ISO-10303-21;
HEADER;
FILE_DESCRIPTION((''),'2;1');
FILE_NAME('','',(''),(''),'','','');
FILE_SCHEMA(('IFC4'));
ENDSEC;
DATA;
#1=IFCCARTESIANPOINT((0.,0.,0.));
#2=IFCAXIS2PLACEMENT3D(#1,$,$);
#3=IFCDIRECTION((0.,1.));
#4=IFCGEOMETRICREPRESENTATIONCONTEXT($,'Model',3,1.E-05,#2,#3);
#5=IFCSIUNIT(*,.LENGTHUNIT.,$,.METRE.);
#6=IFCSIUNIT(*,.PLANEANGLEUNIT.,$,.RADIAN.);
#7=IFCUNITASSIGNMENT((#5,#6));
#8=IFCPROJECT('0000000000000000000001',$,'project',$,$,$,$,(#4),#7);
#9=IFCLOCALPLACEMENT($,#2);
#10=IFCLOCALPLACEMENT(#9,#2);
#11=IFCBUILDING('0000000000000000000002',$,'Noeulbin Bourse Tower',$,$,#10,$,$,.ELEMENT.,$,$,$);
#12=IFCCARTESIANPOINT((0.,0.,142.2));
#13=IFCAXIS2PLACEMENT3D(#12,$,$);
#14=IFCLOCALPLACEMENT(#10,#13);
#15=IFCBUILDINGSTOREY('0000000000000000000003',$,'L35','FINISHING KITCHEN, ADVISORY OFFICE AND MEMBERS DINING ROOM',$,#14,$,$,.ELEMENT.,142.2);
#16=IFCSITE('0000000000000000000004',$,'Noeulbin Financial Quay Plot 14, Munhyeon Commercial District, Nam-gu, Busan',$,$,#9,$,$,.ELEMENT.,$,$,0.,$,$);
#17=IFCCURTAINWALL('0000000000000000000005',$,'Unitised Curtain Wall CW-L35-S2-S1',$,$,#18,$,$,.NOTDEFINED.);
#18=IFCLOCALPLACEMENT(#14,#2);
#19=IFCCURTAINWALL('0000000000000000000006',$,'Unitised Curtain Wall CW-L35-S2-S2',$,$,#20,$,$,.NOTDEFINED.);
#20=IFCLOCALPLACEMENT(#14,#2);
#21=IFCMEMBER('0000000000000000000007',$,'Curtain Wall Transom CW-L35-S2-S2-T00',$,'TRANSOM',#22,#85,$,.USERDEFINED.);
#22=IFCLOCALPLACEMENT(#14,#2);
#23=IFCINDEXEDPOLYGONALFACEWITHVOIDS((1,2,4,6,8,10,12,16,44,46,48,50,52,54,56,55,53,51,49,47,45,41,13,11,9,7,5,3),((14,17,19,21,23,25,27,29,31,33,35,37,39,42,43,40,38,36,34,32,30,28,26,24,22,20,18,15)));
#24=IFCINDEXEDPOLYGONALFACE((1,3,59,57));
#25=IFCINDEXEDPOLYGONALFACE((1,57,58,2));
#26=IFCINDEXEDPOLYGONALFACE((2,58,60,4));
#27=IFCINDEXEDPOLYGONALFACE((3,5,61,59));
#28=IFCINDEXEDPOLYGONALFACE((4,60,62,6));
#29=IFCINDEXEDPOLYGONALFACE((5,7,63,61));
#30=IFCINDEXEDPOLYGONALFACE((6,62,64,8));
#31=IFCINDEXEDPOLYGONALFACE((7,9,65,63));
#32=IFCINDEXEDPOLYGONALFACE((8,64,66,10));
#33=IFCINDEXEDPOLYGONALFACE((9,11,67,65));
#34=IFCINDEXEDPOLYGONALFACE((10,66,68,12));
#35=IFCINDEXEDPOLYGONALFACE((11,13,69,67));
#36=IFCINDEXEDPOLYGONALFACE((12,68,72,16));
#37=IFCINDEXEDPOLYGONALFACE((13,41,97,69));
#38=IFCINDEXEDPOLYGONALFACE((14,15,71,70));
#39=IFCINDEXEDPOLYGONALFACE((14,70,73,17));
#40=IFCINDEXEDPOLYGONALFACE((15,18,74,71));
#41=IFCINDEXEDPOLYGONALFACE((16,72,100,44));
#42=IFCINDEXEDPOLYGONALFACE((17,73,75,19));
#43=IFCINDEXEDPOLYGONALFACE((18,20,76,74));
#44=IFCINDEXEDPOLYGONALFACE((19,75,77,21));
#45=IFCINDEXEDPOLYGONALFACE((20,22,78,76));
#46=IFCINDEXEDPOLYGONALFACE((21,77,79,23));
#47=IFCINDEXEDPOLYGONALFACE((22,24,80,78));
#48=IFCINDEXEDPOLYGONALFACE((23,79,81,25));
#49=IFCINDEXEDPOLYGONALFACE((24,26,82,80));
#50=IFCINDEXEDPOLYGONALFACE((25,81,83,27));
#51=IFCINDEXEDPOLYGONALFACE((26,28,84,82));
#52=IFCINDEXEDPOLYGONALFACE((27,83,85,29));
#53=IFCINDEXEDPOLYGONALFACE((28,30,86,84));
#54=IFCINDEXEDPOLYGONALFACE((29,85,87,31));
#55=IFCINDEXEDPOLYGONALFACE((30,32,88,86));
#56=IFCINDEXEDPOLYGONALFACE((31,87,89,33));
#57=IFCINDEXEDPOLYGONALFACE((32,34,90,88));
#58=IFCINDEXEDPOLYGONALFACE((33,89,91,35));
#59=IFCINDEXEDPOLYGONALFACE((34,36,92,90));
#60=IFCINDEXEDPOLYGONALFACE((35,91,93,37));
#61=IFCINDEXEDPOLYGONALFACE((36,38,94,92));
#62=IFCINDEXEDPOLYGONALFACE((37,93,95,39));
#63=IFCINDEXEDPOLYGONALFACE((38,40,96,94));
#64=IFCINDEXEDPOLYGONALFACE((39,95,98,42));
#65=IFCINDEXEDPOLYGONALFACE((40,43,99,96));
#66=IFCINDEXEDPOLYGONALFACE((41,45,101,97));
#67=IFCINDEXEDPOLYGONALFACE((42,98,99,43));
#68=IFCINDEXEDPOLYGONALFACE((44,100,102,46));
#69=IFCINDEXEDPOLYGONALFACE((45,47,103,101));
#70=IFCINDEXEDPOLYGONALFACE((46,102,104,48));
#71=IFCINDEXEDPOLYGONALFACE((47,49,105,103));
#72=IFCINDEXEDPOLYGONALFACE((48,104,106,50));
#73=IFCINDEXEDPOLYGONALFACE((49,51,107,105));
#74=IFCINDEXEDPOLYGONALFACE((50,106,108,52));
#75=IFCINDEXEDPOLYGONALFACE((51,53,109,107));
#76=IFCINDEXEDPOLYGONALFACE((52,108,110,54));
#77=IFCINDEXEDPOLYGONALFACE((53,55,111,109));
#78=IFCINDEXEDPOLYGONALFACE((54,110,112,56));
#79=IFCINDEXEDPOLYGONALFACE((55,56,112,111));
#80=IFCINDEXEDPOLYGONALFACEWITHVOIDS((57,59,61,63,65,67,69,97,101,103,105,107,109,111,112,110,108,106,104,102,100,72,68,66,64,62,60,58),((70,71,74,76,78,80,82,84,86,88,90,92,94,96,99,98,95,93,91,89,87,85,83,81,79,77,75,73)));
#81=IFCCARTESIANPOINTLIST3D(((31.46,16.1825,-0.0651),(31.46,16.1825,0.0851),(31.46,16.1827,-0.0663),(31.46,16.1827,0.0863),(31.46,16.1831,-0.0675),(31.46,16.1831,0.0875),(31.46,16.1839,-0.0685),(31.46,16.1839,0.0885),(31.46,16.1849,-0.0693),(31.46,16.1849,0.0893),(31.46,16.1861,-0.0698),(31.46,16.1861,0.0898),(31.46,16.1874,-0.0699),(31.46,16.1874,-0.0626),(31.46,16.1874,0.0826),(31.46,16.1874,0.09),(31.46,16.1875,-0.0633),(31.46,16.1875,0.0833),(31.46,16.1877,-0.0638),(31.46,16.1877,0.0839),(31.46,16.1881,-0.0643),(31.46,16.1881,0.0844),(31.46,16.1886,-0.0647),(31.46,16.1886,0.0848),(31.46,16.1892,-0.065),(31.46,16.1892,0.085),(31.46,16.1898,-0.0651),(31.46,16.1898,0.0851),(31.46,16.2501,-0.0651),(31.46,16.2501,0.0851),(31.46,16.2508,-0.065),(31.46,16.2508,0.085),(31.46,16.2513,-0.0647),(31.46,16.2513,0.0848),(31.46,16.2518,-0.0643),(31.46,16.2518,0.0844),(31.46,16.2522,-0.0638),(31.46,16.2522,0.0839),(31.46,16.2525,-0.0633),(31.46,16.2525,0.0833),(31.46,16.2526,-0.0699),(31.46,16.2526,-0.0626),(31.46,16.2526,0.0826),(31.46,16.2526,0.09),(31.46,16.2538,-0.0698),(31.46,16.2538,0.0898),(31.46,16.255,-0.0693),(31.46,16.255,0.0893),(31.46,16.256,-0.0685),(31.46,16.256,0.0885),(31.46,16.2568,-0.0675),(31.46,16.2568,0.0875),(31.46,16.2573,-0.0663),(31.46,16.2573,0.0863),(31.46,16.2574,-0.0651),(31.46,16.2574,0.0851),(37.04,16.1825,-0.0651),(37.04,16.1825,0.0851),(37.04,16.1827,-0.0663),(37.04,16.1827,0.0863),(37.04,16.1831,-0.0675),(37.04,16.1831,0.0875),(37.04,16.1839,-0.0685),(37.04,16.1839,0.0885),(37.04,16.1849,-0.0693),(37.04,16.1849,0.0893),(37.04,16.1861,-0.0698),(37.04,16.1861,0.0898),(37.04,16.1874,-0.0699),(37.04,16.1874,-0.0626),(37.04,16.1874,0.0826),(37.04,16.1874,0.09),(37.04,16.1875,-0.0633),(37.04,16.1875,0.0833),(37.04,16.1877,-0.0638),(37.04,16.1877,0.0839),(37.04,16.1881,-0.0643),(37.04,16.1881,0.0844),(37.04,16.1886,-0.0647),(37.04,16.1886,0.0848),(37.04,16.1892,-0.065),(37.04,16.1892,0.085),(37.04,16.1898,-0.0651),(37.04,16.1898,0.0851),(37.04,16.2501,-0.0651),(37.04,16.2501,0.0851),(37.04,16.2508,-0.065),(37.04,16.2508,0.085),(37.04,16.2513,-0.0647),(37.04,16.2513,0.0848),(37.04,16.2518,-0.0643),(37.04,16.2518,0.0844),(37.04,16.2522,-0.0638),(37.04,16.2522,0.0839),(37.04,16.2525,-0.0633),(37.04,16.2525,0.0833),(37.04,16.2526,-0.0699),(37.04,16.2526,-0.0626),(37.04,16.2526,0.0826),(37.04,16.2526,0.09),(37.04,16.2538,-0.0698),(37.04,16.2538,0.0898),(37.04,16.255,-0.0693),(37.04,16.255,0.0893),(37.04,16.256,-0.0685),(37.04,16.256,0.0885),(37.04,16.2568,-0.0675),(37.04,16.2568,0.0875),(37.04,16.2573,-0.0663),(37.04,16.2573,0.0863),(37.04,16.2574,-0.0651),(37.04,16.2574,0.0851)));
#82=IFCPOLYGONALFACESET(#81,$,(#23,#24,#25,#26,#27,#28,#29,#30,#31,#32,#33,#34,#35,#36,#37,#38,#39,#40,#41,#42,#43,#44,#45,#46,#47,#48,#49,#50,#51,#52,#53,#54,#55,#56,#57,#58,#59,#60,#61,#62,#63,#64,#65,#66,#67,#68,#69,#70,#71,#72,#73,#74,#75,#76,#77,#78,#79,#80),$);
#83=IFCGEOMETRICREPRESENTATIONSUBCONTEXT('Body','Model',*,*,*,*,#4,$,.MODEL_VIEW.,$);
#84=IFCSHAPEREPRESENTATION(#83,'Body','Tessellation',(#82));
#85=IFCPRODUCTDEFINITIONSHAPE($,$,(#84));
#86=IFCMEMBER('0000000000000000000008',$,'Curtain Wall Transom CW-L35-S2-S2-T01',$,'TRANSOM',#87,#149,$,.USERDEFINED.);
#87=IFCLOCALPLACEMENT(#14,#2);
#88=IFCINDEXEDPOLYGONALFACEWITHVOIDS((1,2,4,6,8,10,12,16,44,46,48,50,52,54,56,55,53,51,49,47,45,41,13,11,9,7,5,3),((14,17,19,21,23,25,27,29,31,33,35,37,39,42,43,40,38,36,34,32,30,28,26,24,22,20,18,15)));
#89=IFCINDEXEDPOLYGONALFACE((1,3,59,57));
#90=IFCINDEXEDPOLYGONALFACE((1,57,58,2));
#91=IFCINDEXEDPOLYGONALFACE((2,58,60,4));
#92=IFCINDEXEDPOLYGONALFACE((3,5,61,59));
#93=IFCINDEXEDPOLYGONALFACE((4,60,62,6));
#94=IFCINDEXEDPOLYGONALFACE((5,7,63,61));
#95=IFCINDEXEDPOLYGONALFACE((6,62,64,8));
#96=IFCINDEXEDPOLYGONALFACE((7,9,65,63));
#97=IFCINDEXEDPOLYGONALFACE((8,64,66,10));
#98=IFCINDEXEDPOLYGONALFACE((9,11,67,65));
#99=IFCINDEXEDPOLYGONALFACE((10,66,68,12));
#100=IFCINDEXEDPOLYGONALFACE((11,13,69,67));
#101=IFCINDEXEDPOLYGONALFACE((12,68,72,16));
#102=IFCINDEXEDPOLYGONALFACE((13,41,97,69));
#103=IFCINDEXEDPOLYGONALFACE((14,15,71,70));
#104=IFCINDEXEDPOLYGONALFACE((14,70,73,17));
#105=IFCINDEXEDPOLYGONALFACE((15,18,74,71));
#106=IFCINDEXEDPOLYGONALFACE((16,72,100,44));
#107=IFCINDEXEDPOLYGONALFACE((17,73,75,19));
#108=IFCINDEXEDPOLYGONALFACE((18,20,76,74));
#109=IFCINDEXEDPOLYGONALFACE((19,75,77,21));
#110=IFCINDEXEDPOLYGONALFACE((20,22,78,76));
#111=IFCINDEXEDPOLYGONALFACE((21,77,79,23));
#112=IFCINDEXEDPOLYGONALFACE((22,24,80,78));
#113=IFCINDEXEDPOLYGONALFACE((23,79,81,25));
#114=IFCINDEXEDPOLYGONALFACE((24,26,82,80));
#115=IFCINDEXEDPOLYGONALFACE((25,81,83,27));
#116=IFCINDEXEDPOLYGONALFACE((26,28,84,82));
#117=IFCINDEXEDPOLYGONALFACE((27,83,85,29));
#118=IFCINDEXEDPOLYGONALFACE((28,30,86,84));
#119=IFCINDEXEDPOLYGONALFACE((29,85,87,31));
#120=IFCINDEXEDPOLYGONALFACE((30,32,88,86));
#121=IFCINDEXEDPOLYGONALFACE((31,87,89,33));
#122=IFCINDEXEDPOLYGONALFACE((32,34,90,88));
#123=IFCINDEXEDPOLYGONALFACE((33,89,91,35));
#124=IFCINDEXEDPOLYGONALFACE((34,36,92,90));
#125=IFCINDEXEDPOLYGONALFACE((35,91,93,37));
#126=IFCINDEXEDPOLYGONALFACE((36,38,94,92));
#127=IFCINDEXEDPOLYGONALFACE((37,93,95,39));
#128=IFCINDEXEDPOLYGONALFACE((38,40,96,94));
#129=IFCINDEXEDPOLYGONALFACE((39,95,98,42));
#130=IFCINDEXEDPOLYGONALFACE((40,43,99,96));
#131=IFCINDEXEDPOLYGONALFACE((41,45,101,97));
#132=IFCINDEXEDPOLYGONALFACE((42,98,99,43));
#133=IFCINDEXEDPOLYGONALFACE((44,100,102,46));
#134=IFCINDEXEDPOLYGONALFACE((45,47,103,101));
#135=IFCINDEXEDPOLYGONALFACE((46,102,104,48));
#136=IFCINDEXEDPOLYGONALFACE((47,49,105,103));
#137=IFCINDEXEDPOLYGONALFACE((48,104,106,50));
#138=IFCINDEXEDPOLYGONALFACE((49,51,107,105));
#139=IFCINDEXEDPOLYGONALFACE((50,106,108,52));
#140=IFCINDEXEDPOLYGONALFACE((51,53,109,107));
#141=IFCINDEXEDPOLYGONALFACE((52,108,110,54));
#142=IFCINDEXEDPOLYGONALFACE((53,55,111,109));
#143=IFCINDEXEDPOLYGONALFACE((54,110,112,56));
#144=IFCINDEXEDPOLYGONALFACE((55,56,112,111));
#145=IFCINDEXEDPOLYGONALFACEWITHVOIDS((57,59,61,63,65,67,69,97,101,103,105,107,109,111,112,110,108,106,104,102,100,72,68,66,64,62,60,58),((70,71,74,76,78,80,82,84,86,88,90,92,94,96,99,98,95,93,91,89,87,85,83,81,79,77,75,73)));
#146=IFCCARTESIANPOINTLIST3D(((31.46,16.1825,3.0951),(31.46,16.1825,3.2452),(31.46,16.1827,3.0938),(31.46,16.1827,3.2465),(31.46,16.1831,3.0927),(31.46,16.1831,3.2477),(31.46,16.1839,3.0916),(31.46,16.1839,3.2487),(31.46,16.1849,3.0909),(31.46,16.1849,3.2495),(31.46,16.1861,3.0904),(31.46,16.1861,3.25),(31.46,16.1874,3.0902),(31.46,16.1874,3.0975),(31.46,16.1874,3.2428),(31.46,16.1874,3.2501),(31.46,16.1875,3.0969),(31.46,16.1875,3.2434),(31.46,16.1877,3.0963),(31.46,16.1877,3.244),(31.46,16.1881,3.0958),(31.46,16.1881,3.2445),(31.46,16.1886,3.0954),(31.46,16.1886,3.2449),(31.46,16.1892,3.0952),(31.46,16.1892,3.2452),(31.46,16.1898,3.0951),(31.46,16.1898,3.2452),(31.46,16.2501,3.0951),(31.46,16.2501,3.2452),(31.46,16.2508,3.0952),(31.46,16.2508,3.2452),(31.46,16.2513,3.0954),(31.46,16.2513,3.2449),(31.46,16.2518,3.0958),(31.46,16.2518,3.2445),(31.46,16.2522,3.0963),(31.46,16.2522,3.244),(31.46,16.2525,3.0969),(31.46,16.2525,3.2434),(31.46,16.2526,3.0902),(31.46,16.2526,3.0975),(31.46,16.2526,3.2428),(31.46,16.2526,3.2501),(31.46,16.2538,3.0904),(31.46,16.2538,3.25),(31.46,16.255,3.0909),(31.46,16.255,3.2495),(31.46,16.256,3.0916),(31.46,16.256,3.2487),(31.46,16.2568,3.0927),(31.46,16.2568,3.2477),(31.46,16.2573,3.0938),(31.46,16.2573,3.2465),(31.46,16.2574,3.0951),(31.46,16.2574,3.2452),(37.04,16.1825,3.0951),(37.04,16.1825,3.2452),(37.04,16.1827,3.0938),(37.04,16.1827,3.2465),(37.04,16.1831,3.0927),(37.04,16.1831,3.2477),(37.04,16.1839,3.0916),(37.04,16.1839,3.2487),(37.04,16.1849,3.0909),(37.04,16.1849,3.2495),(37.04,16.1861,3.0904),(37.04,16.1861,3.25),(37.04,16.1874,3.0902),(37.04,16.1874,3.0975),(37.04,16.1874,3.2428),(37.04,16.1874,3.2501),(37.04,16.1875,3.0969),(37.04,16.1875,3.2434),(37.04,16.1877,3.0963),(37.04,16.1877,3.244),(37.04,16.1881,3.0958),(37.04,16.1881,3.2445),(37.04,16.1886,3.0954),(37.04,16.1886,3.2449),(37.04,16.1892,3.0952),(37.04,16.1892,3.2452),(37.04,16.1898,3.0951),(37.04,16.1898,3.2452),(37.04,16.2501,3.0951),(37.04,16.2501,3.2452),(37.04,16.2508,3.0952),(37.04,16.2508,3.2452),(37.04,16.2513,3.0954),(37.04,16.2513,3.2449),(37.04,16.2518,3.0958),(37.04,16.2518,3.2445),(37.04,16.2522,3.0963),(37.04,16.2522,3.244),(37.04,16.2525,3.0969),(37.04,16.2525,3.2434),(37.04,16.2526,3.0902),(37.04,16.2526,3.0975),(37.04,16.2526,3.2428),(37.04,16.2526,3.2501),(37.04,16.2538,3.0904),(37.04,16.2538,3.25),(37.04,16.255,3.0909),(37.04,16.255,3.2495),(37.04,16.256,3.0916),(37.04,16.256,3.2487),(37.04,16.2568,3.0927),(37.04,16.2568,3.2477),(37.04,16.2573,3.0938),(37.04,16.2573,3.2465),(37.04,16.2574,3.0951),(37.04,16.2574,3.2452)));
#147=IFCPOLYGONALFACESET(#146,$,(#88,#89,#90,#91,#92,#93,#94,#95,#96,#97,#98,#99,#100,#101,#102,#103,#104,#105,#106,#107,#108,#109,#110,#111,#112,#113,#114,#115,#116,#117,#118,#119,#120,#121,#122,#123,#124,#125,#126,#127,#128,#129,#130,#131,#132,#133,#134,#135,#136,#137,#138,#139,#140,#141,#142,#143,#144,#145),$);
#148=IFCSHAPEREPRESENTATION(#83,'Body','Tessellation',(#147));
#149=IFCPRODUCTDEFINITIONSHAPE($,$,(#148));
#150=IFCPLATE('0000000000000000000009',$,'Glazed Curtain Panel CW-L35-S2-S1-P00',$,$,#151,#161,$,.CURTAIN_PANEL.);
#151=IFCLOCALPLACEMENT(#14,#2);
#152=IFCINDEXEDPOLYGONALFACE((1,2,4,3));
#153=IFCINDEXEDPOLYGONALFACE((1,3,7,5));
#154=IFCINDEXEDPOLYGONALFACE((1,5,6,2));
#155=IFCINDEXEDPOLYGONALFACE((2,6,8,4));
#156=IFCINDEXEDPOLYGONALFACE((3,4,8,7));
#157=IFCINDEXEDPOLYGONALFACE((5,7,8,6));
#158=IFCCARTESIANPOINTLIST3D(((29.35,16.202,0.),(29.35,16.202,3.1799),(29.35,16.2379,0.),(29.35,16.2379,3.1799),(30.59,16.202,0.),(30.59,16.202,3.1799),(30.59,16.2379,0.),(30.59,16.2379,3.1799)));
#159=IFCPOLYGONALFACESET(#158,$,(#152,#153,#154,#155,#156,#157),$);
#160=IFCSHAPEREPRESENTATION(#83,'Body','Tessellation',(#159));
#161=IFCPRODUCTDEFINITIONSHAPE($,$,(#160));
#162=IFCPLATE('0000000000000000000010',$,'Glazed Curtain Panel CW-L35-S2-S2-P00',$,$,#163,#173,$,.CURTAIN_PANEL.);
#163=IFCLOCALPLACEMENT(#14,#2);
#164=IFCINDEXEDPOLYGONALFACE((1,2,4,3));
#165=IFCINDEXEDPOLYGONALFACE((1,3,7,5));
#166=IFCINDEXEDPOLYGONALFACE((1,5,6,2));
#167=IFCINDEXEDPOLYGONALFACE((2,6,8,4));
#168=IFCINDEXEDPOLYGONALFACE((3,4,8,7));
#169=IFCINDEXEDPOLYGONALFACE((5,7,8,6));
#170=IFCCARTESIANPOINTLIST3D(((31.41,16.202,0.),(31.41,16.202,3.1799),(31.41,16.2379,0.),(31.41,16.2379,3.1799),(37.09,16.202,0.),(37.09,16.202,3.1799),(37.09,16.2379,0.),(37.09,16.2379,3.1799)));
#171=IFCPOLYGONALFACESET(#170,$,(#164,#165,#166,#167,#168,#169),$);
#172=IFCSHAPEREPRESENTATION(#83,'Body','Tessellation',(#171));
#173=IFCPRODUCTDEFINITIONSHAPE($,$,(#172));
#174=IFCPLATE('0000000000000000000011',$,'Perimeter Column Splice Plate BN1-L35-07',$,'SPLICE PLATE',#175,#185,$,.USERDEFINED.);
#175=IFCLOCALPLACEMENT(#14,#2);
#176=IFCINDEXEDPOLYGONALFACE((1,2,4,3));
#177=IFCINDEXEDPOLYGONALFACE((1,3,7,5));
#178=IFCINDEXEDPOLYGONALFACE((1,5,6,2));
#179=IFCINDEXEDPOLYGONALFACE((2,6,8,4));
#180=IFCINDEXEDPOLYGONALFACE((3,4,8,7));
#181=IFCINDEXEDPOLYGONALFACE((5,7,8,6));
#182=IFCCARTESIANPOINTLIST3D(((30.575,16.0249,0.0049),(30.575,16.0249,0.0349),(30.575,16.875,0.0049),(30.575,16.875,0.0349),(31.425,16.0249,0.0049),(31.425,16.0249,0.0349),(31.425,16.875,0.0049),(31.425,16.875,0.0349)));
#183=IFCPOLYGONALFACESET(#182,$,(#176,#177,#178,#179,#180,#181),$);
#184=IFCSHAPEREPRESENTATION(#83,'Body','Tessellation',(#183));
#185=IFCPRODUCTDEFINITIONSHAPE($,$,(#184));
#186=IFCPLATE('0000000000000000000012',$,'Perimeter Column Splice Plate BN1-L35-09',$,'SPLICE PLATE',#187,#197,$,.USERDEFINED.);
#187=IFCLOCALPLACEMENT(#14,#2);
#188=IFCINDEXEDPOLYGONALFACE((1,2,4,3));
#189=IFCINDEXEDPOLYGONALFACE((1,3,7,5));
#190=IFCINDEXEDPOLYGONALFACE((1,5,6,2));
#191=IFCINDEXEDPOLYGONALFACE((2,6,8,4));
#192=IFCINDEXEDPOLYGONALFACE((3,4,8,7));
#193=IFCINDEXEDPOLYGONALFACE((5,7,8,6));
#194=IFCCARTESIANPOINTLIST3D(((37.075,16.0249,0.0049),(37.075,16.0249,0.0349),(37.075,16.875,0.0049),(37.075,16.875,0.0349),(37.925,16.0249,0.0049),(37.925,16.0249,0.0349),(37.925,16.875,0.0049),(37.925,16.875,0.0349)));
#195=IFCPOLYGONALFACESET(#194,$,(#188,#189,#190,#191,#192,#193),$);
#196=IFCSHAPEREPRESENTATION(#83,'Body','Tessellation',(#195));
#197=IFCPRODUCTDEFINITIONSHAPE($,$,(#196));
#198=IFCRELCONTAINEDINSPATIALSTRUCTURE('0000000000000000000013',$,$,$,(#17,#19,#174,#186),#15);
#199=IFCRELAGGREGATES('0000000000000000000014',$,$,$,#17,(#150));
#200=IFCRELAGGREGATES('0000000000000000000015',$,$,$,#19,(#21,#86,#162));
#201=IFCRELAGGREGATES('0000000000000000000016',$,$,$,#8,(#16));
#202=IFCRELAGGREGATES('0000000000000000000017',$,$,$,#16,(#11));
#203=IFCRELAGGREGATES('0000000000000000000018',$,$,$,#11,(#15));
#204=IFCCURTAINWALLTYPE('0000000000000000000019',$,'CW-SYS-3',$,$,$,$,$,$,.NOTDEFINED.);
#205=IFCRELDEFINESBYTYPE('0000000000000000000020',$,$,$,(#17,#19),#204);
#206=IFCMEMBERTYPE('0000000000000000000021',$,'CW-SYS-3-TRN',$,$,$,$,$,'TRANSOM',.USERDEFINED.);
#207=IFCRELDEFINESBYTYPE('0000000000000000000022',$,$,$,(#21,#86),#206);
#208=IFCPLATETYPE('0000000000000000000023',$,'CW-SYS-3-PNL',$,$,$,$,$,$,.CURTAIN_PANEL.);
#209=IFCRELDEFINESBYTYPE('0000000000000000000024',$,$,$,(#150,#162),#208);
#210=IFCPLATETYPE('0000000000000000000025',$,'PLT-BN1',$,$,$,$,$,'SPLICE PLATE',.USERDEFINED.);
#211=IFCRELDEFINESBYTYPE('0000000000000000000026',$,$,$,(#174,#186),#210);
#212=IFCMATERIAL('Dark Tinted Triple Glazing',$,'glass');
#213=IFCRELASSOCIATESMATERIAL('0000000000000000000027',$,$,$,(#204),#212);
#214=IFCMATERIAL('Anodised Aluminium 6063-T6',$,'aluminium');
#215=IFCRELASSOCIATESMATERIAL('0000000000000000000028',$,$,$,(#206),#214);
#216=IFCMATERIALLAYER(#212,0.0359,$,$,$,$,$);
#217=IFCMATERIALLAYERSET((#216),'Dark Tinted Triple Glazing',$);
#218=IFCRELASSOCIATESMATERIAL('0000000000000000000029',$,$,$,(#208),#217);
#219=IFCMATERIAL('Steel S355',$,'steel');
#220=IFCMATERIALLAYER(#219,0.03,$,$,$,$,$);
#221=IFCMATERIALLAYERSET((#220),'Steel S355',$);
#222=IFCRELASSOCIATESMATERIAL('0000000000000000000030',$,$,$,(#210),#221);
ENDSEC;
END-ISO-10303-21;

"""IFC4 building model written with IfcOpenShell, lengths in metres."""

from ifc_helpers import new_model, si_unit, direction, frame, origin, origin_2d, place, context, subcontext, project, spatial, rectangle, hollow_rectangle, extrude, material, layer, layer_set, material_profile, profile_set, type_object, element, aggregate, save


model = new_model("IFC4")

# Units and contexts
model_context = context("Model", 3, precision=1e-05, world=origin(), true_north=direction((0.0, 1.0)))
body_context = subcontext(model_context, "Body", "Model", "MODEL_VIEW")
ifc_project = project(units=[si_unit("LENGTHUNIT", "METRE"), si_unit("PLANEANGLEUNIT", "RADIAN")], contexts=[model_context])

# Site, building, storey
site_placement = place(None, origin())
site = spatial("IfcSite", under=ifc_project, at=site_placement, Name="Noeulbin Financial Quay Plot 14, Munhyeon Commercial District, Nam-gu, Busan", CompositionType="ELEMENT", RefElevation=0.0)
building_placement = place(site_placement, origin())
building = spatial("IfcBuilding", under=site, at=building_placement, Name="Noeulbin Bourse Tower", CompositionType="ELEMENT")
storey_placement = place(building_placement, frame((0.0, 0.0, 142.2)))
storey = spatial("IfcBuildingStorey", under=building, at=storey_placement, Name="L35", Description="FINISHING KITCHEN, ADVISORY OFFICE AND MEMBERS DINING ROOM", CompositionType="ELEMENT", Elevation=142.2)

# Shared definitions
ifc_material_1 = material(Name="Steel S355", Category="steel")

# Curtain walls
ifc_material_2 = material(Name="Dark Tinted Triple Glazing", Category="glass")
curtain_wall_type = type_object("IfcCurtainWallType", Name="CW-SYS-3", PredefinedType="NOTDEFINED", material=ifc_material_2)
curtain_wall_1_placement = place(storey_placement, origin())
curtain_wall_1 = element("IfcCurtainWall", 1, at=curtain_wall_1_placement, inside=storey, type_object=curtain_wall_type, Name="Unitised Curtain Wall CW-L35-S2-S1", PredefinedType="NOTDEFINED")
ifc_material_3 = material(Name="Anodised Aluminium 6063-T6", Category="aluminium")
curtain_wall_2_placement = place(storey_placement, origin())
curtain_wall_2 = element("IfcCurtainWall", 2, at=curtain_wall_2_placement, inside=storey, type_object=curtain_wall_type, Name="Unitised Curtain Wall CW-L35-S2-S2", PredefinedType="NOTDEFINED")

# Members
ifc_material_profile_1 = material_profile(ifc_material_3, hollow_rectangle(XDim=0.075, YDim=0.1599, WallThickness=0.0049, InnerFilletRadius=0.0024, OuterFilletRadius=0.0049, at=origin_2d()), Name="ALU-TRAN-75x160x5", Category="LoadBearing")
ifc_profile_set_1 = profile_set([ifc_material_profile_1], Name="Anodised Aluminium 6063-T6")
member_type_1 = type_object("IfcMemberType", Name="CW-SYS-3-TRN", ElementType="TRANSOM", PredefinedType="USERDEFINED", material=ifc_profile_set_1)
member_1_placement = place(storey_placement, frame((31.46, 16.22, 0.01), z_axis=(1.0, 0.0, 0.0), x_axis=(0.0, 1.0, 0.0)))
member_1 = element("IfcMember", 3, at=member_1_placement, type_object=member_type_1, Name="Curtain Wall Transom CW-L35-S2-S2-T00", ObjectType="TRANSOM", PredefinedType="USERDEFINED", context=body_context, shape_type="SweptSolid", body=[
    extrude(hollow_rectangle(XDim=0.075, YDim=0.1599, WallThickness=0.0049, InnerFilletRadius=0.0024, OuterFilletRadius=0.0049, at=origin_2d()), origin(), (0.0, 0.0, 1.0), 5.5801),
])
member_2_placement = place(storey_placement, frame((31.46, 16.22, 3.1702), z_axis=(1.0, 0.0, 0.0), x_axis=(0.0, 1.0, 0.0)))
member_2 = element("IfcMember", 4, at=member_2_placement, type_object=member_type_1, Name="Curtain Wall Transom CW-L35-S2-S2-T01", ObjectType="TRANSOM", PredefinedType="USERDEFINED", context=body_context, shape_type="SweptSolid", body=[
    extrude(hollow_rectangle(XDim=0.075, YDim=0.1599, WallThickness=0.0049, InnerFilletRadius=0.0024, OuterFilletRadius=0.0049, at=origin_2d()), origin(), (0.0, 0.0, 1.0), 5.5801),
])

# Plates
ifc_layer_1 = layer(ifc_material_2, 0.0359)
ifc_layer_set_1 = layer_set([ifc_layer_1], Name="Dark Tinted Triple Glazing")
plate_type_1 = type_object("IfcPlateType", Name="CW-SYS-3-PNL", PredefinedType="CURTAIN_PANEL", material=ifc_layer_set_1)
plate_1_placement = place(storey_placement, frame((29.97, 16.22, 0.0), z_axis=(0.0, 0.0, 1.0), x_axis=(1.0, 0.0, 0.0)))
plate_1 = element("IfcPlate", 5, at=plate_1_placement, type_object=plate_type_1, Name="Glazed Curtain Panel CW-L35-S2-S1-P00", PredefinedType="CURTAIN_PANEL", context=body_context, shape_type="SweptSolid", body=[
    extrude(rectangle(XDim=1.24, YDim=0.0359, at=origin_2d()), origin(), (0.0, 0.0, 1.0), 3.1799),
])
aggregate(curtain_wall_1, [plate_1])
plate_2_placement = place(storey_placement, frame((34.25, 16.22, 0.0), z_axis=(0.0, 0.0, 1.0), x_axis=(1.0, 0.0, 0.0)))
plate_2 = element("IfcPlate", 6, at=plate_2_placement, type_object=plate_type_1, Name="Glazed Curtain Panel CW-L35-S2-S2-P00", PredefinedType="CURTAIN_PANEL", context=body_context, shape_type="SweptSolid", body=[
    extrude(rectangle(XDim=5.6799, YDim=0.0359, at=origin_2d()), origin(), (0.0, 0.0, 1.0), 3.1799),
])
aggregate(curtain_wall_2, [member_1, member_2, plate_2])

# Plates
ifc_layer_2 = layer(ifc_material_1, 0.03)
ifc_layer_set_2 = layer_set([ifc_layer_2], Name="Steel S355")
plate_type_2 = type_object("IfcPlateType", Name="PLT-BN1", ElementType="SPLICE PLATE", PredefinedType="USERDEFINED", material=ifc_layer_set_2)
for number, where, z_axis, x_axis, name in (
    (7, (31.0, 16.45, 0.0049), (0.0, 0.0, 1.0), (1.0, 0.0, 0.0), "Perimeter Column Splice Plate BN1-L35-07"),
    (8, (37.5, 16.45, 0.0049), (0.0, 0.0, 1.0), (1.0, 0.0, 0.0), "Perimeter Column Splice Plate BN1-L35-09"),
):
    element("IfcPlate", number, at=place(storey_placement, frame(where, z_axis=z_axis, x_axis=x_axis)), inside=storey, type_object=plate_type_2, Name=name, ObjectType="SPLICE PLATE", PredefinedType="USERDEFINED", context=body_context, shape_type="SweptSolid", body=[
        extrude(rectangle(XDim=0.8501, YDim=0.8501, at=origin_2d()), origin(), (0.0, 0.0, 1.0), 0.03),
    ])

save(model, "model.ifc")
